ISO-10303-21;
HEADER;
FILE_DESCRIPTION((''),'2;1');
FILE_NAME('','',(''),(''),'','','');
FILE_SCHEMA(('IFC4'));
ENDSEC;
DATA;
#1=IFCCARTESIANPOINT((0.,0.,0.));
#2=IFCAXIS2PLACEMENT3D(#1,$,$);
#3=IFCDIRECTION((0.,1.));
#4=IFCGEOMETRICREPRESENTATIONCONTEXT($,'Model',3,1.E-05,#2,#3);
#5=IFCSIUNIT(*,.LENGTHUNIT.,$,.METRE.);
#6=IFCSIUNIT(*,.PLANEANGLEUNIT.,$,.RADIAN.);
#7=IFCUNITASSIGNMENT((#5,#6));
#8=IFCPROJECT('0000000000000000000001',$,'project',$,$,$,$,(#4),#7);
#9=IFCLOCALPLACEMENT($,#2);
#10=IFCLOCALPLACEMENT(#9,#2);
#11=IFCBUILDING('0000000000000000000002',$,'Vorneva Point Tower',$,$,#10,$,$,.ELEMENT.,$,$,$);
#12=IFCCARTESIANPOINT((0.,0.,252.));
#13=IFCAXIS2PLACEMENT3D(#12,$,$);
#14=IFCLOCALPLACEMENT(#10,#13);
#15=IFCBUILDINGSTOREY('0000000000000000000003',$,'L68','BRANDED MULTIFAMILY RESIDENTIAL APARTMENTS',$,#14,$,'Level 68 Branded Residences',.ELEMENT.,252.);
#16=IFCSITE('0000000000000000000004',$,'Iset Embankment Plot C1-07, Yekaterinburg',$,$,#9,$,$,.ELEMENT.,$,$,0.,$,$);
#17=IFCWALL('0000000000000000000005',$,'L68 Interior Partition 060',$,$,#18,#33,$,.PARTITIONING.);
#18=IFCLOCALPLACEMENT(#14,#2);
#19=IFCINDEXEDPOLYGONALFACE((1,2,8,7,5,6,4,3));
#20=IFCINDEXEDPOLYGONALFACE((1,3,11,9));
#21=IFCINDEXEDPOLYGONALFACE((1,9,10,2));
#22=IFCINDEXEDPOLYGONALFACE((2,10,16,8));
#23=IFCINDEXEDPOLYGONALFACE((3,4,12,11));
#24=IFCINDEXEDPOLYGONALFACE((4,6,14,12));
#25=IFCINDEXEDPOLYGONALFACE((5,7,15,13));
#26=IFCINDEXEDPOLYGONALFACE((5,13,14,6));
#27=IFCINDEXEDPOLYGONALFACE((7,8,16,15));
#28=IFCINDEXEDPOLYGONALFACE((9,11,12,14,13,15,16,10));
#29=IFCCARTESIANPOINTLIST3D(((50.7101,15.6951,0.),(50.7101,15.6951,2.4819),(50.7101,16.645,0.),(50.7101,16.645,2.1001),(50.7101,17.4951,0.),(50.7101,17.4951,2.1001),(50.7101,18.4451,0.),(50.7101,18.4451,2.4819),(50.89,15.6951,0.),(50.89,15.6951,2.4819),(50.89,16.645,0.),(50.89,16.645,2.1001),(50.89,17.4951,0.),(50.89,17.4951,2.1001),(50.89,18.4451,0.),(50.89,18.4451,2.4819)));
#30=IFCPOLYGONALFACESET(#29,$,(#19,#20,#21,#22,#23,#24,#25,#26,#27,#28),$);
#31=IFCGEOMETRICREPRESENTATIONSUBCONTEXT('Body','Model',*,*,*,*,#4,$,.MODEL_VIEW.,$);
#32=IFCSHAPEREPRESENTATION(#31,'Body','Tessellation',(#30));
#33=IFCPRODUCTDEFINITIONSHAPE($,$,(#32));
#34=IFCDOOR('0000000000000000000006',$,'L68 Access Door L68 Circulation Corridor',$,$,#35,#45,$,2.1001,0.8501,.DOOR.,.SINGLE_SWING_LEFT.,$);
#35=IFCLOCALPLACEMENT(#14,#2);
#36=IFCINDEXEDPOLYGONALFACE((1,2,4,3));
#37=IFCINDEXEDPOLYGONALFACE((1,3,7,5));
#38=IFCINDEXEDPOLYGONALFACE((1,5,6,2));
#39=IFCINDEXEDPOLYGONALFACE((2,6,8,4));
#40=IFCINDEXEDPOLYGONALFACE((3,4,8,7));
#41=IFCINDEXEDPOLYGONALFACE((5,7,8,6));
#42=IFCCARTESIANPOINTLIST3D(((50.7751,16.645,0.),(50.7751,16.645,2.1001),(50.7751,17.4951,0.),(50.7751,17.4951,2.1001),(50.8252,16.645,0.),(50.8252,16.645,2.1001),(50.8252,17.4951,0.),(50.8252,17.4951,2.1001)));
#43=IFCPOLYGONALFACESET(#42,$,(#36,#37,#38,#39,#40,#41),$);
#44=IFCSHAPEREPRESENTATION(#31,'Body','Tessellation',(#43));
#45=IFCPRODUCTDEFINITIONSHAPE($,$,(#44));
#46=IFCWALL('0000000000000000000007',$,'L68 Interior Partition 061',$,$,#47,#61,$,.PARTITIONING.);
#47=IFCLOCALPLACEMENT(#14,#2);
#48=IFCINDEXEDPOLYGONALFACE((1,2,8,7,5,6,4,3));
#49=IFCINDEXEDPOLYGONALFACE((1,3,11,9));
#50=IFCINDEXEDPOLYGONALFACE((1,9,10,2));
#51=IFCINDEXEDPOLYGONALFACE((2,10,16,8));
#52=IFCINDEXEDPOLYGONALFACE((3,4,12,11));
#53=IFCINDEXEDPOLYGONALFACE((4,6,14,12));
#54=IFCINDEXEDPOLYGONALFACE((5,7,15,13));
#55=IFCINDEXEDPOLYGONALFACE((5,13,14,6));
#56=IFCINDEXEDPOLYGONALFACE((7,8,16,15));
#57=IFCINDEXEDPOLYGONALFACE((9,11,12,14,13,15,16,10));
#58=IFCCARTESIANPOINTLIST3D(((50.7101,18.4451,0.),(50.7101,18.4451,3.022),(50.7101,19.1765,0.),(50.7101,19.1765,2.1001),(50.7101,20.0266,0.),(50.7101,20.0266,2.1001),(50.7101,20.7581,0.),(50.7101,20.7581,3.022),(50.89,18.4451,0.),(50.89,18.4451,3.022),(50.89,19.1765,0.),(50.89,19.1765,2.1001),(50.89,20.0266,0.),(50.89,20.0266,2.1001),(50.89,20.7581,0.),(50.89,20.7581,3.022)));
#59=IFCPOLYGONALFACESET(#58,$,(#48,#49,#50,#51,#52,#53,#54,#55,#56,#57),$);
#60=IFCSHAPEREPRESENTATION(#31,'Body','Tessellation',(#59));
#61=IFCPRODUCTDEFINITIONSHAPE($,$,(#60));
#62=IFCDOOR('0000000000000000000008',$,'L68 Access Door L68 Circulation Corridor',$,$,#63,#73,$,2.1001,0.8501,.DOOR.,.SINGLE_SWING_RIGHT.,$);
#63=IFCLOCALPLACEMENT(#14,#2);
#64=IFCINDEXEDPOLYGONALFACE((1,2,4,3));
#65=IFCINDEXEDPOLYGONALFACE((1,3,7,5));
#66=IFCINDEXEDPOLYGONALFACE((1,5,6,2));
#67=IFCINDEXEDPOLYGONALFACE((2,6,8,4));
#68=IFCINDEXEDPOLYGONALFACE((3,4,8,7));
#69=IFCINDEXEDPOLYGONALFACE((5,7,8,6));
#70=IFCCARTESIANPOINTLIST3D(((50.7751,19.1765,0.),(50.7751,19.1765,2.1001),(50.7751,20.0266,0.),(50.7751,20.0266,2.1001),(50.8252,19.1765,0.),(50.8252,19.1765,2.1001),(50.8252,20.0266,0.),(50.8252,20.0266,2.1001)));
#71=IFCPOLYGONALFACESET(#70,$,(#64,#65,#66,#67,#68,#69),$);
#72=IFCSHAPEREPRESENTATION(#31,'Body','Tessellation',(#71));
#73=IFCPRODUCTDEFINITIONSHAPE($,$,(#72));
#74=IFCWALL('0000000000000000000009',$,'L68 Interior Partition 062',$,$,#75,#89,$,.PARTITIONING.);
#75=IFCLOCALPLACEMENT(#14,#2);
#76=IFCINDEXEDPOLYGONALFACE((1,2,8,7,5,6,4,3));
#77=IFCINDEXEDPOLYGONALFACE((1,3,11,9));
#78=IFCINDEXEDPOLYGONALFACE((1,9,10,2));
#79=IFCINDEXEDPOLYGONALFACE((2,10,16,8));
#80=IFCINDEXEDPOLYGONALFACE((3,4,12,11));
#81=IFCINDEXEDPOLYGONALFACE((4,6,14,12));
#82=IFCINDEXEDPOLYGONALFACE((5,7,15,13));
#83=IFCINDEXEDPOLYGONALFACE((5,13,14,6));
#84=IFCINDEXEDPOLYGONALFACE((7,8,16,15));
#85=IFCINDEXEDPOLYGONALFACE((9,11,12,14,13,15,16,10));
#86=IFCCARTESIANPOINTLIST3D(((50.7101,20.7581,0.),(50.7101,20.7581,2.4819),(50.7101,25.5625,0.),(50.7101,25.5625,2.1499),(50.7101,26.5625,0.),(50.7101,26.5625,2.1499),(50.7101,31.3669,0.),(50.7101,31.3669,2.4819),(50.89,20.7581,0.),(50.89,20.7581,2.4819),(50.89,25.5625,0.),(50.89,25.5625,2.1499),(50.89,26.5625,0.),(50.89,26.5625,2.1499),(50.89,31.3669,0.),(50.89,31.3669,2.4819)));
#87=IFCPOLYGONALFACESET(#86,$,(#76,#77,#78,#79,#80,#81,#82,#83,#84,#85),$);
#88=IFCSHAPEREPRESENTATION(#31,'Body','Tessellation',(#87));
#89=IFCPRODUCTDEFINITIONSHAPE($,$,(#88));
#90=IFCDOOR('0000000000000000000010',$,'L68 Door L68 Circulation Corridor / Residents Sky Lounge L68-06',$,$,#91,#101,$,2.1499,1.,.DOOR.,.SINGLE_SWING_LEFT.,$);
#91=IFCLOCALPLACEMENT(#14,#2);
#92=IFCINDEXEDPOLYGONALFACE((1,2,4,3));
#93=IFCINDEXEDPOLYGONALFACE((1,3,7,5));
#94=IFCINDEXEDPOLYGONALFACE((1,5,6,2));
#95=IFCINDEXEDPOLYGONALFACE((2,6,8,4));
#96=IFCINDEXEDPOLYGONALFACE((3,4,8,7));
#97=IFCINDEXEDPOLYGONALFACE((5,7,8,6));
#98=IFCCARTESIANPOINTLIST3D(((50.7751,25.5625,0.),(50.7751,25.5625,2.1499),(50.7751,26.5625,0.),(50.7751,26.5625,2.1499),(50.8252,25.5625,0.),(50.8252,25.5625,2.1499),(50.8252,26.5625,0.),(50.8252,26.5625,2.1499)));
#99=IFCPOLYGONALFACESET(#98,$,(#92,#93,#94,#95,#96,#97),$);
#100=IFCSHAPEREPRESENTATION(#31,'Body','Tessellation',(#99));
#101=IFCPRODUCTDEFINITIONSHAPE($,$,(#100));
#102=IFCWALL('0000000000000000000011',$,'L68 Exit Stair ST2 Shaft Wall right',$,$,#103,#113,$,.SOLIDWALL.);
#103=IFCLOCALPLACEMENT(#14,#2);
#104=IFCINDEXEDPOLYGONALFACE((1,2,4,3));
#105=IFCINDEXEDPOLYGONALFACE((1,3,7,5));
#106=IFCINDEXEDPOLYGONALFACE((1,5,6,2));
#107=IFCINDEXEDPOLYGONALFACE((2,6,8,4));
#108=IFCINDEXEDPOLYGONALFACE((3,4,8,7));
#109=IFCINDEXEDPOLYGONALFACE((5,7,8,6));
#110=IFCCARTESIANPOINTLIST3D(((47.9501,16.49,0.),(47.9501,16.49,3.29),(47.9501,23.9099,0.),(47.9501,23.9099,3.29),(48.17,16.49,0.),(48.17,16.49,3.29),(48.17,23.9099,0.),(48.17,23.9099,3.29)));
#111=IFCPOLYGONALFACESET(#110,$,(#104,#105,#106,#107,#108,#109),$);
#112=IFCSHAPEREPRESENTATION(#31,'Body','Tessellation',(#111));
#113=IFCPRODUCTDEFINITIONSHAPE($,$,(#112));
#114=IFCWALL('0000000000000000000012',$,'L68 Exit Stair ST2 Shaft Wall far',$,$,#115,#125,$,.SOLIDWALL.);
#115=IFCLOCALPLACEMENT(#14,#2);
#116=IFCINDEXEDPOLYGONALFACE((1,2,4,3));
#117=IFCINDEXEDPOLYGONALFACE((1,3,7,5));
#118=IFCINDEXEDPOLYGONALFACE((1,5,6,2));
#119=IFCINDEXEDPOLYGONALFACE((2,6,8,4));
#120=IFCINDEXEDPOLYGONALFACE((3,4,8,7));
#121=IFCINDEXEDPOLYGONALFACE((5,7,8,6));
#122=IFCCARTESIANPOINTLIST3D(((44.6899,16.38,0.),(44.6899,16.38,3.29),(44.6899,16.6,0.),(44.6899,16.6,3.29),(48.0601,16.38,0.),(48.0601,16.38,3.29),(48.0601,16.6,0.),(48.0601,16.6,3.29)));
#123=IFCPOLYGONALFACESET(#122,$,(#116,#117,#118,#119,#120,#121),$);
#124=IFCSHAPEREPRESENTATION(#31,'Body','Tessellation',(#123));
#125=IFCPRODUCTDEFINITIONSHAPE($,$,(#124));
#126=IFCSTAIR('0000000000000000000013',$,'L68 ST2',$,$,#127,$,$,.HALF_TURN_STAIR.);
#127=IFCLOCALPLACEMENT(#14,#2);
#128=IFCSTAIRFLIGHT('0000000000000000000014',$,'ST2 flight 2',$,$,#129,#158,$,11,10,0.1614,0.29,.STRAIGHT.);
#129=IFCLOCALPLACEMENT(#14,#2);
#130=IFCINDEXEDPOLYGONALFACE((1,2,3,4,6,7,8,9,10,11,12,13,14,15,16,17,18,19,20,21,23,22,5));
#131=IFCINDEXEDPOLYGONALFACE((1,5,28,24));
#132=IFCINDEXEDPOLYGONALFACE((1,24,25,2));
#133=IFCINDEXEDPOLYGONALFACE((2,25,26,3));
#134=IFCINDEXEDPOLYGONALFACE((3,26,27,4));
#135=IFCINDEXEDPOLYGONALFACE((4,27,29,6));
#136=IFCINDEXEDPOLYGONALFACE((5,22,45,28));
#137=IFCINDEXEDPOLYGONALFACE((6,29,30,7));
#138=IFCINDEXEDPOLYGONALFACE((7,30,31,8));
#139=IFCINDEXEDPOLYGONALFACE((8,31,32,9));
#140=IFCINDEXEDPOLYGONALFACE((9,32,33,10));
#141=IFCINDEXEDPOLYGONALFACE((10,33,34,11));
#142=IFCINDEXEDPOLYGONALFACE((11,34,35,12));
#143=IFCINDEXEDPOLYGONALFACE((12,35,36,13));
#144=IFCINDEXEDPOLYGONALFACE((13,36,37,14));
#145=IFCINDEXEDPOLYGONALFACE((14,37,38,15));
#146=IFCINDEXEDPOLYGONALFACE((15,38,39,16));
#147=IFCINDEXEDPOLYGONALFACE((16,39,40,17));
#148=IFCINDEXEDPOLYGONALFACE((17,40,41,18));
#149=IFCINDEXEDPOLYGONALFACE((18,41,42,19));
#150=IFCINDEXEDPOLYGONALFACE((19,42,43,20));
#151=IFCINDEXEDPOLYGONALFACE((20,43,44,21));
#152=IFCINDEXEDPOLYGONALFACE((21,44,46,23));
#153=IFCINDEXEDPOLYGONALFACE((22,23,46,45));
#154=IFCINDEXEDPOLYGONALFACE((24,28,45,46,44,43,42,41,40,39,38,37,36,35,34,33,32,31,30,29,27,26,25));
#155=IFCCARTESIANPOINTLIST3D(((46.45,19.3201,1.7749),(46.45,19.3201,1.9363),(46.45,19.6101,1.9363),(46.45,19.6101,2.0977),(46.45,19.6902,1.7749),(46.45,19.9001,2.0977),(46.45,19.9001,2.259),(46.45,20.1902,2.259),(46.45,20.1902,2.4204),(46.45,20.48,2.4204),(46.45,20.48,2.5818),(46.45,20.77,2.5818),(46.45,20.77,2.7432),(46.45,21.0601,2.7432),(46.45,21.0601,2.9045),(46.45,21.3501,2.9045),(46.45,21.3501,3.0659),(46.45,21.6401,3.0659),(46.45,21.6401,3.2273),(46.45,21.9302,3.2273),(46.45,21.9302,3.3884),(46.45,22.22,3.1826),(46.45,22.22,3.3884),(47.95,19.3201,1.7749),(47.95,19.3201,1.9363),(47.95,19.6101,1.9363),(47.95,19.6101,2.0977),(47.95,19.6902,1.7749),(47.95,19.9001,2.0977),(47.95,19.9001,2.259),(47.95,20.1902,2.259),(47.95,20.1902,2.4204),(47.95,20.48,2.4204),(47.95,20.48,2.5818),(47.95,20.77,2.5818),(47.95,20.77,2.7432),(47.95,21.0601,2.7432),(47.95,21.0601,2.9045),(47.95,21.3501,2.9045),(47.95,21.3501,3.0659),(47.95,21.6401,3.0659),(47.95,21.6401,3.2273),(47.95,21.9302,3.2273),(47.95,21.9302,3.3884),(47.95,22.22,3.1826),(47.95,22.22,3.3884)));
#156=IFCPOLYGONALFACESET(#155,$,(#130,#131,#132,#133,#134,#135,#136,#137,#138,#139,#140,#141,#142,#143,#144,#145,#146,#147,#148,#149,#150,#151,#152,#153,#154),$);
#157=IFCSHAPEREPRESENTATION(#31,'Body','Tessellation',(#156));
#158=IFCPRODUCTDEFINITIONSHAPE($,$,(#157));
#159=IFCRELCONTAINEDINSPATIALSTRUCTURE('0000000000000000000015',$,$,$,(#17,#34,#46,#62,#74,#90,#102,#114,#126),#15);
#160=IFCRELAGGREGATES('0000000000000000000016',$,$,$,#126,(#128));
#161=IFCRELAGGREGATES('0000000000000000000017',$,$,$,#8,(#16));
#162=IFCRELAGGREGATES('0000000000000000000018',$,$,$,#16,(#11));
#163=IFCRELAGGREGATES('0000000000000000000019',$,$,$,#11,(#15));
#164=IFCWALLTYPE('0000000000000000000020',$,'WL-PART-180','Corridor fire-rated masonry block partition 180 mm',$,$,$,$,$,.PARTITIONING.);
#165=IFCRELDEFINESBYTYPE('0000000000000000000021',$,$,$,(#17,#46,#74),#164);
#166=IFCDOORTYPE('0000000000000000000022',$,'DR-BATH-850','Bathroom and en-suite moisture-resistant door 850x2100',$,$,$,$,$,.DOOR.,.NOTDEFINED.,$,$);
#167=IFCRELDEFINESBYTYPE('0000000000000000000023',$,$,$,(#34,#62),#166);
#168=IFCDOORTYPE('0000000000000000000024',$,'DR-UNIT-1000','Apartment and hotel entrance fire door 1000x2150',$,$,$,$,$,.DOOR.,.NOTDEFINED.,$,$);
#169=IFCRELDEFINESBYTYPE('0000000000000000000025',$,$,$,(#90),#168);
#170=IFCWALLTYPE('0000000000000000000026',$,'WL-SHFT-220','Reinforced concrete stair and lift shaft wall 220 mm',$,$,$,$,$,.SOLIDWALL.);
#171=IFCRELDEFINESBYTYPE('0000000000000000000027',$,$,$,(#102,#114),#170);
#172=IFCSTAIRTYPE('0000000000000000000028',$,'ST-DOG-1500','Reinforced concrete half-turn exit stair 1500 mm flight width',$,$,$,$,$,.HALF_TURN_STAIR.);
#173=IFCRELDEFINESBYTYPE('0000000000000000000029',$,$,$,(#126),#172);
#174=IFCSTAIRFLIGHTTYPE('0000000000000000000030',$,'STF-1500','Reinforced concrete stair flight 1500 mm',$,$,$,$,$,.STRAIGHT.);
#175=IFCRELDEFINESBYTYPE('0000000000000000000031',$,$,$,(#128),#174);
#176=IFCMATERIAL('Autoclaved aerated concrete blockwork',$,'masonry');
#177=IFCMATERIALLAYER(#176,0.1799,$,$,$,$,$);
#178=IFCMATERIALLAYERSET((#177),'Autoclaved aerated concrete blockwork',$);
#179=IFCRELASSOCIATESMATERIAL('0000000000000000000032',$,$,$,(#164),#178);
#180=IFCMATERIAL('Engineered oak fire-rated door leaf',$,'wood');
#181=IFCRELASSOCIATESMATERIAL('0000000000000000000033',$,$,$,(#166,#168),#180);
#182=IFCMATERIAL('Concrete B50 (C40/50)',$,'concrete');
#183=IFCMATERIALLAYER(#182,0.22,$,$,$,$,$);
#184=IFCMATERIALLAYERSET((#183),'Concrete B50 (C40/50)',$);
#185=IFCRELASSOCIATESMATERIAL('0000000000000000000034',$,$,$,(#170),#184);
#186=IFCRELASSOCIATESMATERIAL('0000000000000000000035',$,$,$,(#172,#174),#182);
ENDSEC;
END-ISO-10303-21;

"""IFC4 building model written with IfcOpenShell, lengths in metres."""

from ifc_helpers import new_model, si_unit, direction, frame, frame_2d, origin, place, context, subcontext, project, spatial, polyline, rectangle, outline, extrude, material, layer, layer_set, type_object, element, fill, aggregate, save


model = new_model("IFC4")

# Units and contexts
model_context = context("Model", 3, precision=1e-05, world=origin(), true_north=direction((0.0, 1.0)))
body_context = subcontext(model_context, "Body", "Model", "MODEL_VIEW")
ifc_project = project(units=[si_unit("LENGTHUNIT", "METRE"), si_unit("PLANEANGLEUNIT", "RADIAN")], contexts=[model_context])

# Site, building, storey
site_placement = place(None, origin())
site = spatial("IfcSite", under=ifc_project, at=site_placement, Name="Iset Embankment Plot C1-07, Yekaterinburg", CompositionType="ELEMENT", RefElevation=0.0)
building_placement = place(site_placement, origin())
building = spatial("IfcBuilding", under=site, at=building_placement, Name="Vorneva Point Tower", CompositionType="ELEMENT")
storey_placement = place(building_placement, frame((0.0, 0.0, 252.0)))
storey = spatial("IfcBuildingStorey", under=building, at=storey_placement, Name="L68", Description="BRANDED MULTIFAMILY RESIDENTIAL APARTMENTS", LongName="Level 68 Branded Residences", CompositionType="ELEMENT", Elevation=252.0)

# Shared definitions
ifc_material_1 = material(Name="Concrete B50 (C40/50)", Category="concrete")

# Shared definitions
ifc_material_2 = material(Name="Engineered oak fire-rated door leaf", Category="wood")

# Shared definitions
ifc_material_3 = material(Name="Autoclaved aerated concrete blockwork", Category="masonry")
ifc_layer_1 = layer(ifc_material_3, 0.1799)
ifc_layer_set_1 = layer_set([ifc_layer_1], Name="Autoclaved aerated concrete blockwork")
wall_type_1 = type_object("IfcWallType", Name="WL-PART-180", Description="Corridor fire-rated masonry block partition 180 mm", PredefinedType="PARTITIONING", material=ifc_layer_set_1)

# Walls, openings, doors
wall_1_placement = place(storey_placement, frame((50.8, 15.6951, 0.0), z_axis=(0.0, 0.0, 1.0), x_axis=(0.0, 1.0, 0.0)))
wall_1 = element("IfcWall", 1, at=wall_1_placement, inside=storey, type_object=wall_type_1, Name="L68 Interior Partition 060", PredefinedType="PARTITIONING", context=body_context, shape_type="SweptSolid", body=[
    extrude(rectangle(XDim=2.75, YDim=0.1799, at=frame_2d((1.375, 0.0))), origin(), (0.0, 0.0, 1.0), 2.4819),
])
opening_1_placement = place(wall_1_placement, frame((0.95, 0.0, 0.0)))
opening_1 = element("IfcOpeningElement", 2, at=opening_1_placement, cuts=wall_1, PredefinedType="OPENING", context=body_context, shape_type="SweptSolid", body=[
    extrude(rectangle(XDim=0.8501, YDim=2.1001, at=frame_2d((0.425, 1.05))), frame((0.0, 0.105, 0.0), z_axis=(0.0, -1.0, 0.0), x_axis=(1.0, 0.0, 0.0)), (0.0, 0.0, 1.0), 0.2097),
])
door_type_1 = type_object("IfcDoorType", Name="DR-BATH-850", Description="Bathroom and en-suite moisture-resistant door 850x2100", OperationType="NOTDEFINED", PredefinedType="DOOR", material=ifc_material_2)
door_1_placement = place(opening_1_placement, origin())
door_1 = element("IfcDoor", 3, at=door_1_placement, inside=storey, type_object=door_type_1, Name="L68 Access Door L68 Circulation Corridor", OperationType="SINGLE_SWING_LEFT", OverallHeight=2.1001, OverallWidth=0.8501, PredefinedType="DOOR", context=body_context, shape_type="SweptSolid", body=[
    extrude(rectangle(XDim=0.8501, YDim=2.1001, at=frame_2d((0.425, 1.05))), frame((0.0, 0.0249, 0.0), z_axis=(0.0, -1.0, 0.0), x_axis=(1.0, 0.0, 0.0)), (0.0, 0.0, 1.0), 0.05),
])
fill(opening_1, door_1)
wall_2_placement = place(storey_placement, frame((50.8, 18.4451, 0.0), z_axis=(0.0, 0.0, 1.0), x_axis=(0.0, 1.0, 0.0)))
wall_2 = element("IfcWall", 4, at=wall_2_placement, inside=storey, type_object=wall_type_1, Name="L68 Interior Partition 061", PredefinedType="PARTITIONING", context=body_context, shape_type="SweptSolid", body=[
    extrude(rectangle(XDim=2.313, YDim=0.1799, at=frame_2d((1.1565, 0.0))), origin(), (0.0, 0.0, 1.0), 3.022),
])
opening_2_placement = place(wall_2_placement, frame((0.7314, 0.0, 0.0)))
opening_2 = element("IfcOpeningElement", 5, at=opening_2_placement, cuts=wall_2, PredefinedType="OPENING", context=body_context, shape_type="SweptSolid", body=[
    extrude(rectangle(XDim=0.8501, YDim=2.1001, at=frame_2d((0.425, 1.05))), frame((0.0, 0.105, 0.0), z_axis=(0.0, -1.0, 0.0), x_axis=(1.0, 0.0, 0.0)), (0.0, 0.0, 1.0), 0.2097),
])
door_2_placement = place(opening_2_placement, origin())
door_2 = element("IfcDoor", 6, at=door_2_placement, inside=storey, type_object=door_type_1, Name="L68 Access Door L68 Circulation Corridor", OperationType="SINGLE_SWING_RIGHT", OverallHeight=2.1001, OverallWidth=0.8501, PredefinedType="DOOR", context=body_context, shape_type="SweptSolid", body=[
    extrude(rectangle(XDim=0.8501, YDim=2.1001, at=frame_2d((0.425, 1.05))), frame((0.0, 0.0249, 0.0), z_axis=(0.0, -1.0, 0.0), x_axis=(1.0, 0.0, 0.0)), (0.0, 0.0, 1.0), 0.05),
])
fill(opening_2, door_2)
wall_3_placement = place(storey_placement, frame((50.8, 20.7581, 0.0), z_axis=(0.0, 0.0, 1.0), x_axis=(0.0, 1.0, 0.0)))
wall_3 = element("IfcWall", 7, at=wall_3_placement, inside=storey, type_object=wall_type_1, Name="L68 Interior Partition 062", PredefinedType="PARTITIONING", context=body_context, shape_type="SweptSolid", body=[
    extrude(rectangle(XDim=10.6089, YDim=0.1799, at=frame_2d((5.3044, 0.0))), origin(), (0.0, 0.0, 1.0), 2.4819),
])
opening_3_placement = place(wall_3_placement, frame((4.8044, 0.0, 0.0)))
opening_3 = element("IfcOpeningElement", 8, at=opening_3_placement, cuts=wall_3, PredefinedType="OPENING", context=body_context, shape_type="SweptSolid", body=[
    extrude(rectangle(XDim=1.0, YDim=2.1499, at=frame_2d((0.5, 1.075))), frame((0.0, 0.105, 0.0), z_axis=(0.0, -1.0, 0.0), x_axis=(1.0, 0.0, 0.0)), (0.0, 0.0, 1.0), 0.2097),
])
door_type_2 = type_object("IfcDoorType", Name="DR-UNIT-1000", Description="Apartment and hotel entrance fire door 1000x2150", OperationType="NOTDEFINED", PredefinedType="DOOR", material=ifc_material_2)
door_3_placement = place(opening_3_placement, origin())
door_3 = element("IfcDoor", 9, at=door_3_placement, inside=storey, type_object=door_type_2, Name="L68 Door L68 Circulation Corridor / Residents Sky Lounge L68-06", OperationType="SINGLE_SWING_LEFT", OverallHeight=2.1499, OverallWidth=1.0, PredefinedType="DOOR", context=body_context, shape_type="SweptSolid", body=[
    extrude(rectangle(XDim=1.0, YDim=2.1499, at=frame_2d((0.5, 1.075))), frame((0.0, 0.0249, 0.0), z_axis=(0.0, -1.0, 0.0), x_axis=(1.0, 0.0, 0.0)), (0.0, 0.0, 1.0), 0.05),
])
fill(opening_3, door_3)

# Walls
ifc_layer_2 = layer(ifc_material_1, 0.22)
ifc_layer_set_2 = layer_set([ifc_layer_2], Name="Concrete B50 (C40/50)")
wall_type_2 = type_object("IfcWallType", Name="WL-SHFT-220", Description="Reinforced concrete stair and lift shaft wall 220 mm", PredefinedType="SOLIDWALL", material=ifc_layer_set_2)
wall_4_placement = place(storey_placement, frame((48.0601, 23.9099, 0.0), z_axis=(0.0, 0.0, 1.0), x_axis=(0.0, -1.0, 0.0)))
element("IfcWall", 10, at=wall_4_placement, inside=storey, type_object=wall_type_2, Name="L68 Exit Stair ST2 Shaft Wall right", PredefinedType="SOLIDWALL", context=body_context, shape_type="SweptSolid", body=[
    extrude(rectangle(XDim=7.4199, YDim=0.22, at=frame_2d((3.71, 0.0))), origin(), (0.0, 0.0, 1.0), 3.29),
])
wall_5_placement = place(storey_placement, frame((48.0601, 16.49, 0.0), z_axis=(0.0, 0.0, 1.0), x_axis=(-1.0, 0.0, 0.0)))
element("IfcWall", 11, at=wall_5_placement, inside=storey, type_object=wall_type_2, Name="L68 Exit Stair ST2 Shaft Wall far", PredefinedType="SOLIDWALL", context=body_context, shape_type="SweptSolid", body=[
    extrude(rectangle(XDim=3.3701, YDim=0.22, at=frame_2d((1.6851, 0.0))), origin(), (0.0, 0.0, 1.0), 3.29),
])

# Stair, stair flight
stair_type = type_object("IfcStairType", Name="ST-DOG-1500", Description="Reinforced concrete half-turn exit stair 1500 mm flight width", PredefinedType="HALF_TURN_STAIR", material=ifc_material_1)
stair_placement = place(storey_placement, origin())
stair = element("IfcStair", 12, at=stair_placement, inside=storey, type_object=stair_type, Name="L68 ST2", PredefinedType="HALF_TURN_STAIR")
stair_flight_type = type_object("IfcStairFlightType", Name="STF-1500", Description="Reinforced concrete stair flight 1500 mm", PredefinedType="STRAIGHT", material=ifc_material_1)
stair_flight_placement = place(storey_placement, frame((47.2, 19.3201, 1.7749), z_axis=(0.0, 0.0, 1.0), x_axis=(0.0, 1.0, 0.0)))
stair_flight = element("IfcStairFlight", 13, at=stair_flight_placement, type_object=stair_flight_type, Name="ST2 flight 2", NumberOfRisers=11, NumberOfTreads=10, PredefinedType="STRAIGHT", RiserHeight=0.1614, TreadLength=0.29, context=body_context, shape_type="SweptSolid", body=[
    extrude(outline(polyline([(0.0, 0.0), (0.0, 0.1614), (0.29, 0.1614), (0.29, 0.3228), (0.5801, 0.3228), (0.5801, 0.4841), (0.8701, 0.4841), (0.8701, 0.6455), (1.1599, 0.6455), (1.1599, 0.8069), (1.45, 0.8069), (1.45, 0.9683), (1.74, 0.9683), (1.74, 1.1296), (2.03, 1.1296), (2.03, 1.291), (2.3201, 1.291), (2.3201, 1.4524), (2.6101, 1.4524), (2.6101, 1.6135), (2.8999, 1.6135), (2.8999, 1.7749), (2.8999, 1.4077), (0.3701, 0.0), (0.0, 0.0)])), frame((0.0, 0.75, 0.0), z_axis=(0.0, -1.0, 0.0), x_axis=(1.0, 0.0, 0.0)), (0.0, 0.0, 1.0), 1.5),
])
aggregate(stair, [stair_flight])

save(model, "model.ifc")
